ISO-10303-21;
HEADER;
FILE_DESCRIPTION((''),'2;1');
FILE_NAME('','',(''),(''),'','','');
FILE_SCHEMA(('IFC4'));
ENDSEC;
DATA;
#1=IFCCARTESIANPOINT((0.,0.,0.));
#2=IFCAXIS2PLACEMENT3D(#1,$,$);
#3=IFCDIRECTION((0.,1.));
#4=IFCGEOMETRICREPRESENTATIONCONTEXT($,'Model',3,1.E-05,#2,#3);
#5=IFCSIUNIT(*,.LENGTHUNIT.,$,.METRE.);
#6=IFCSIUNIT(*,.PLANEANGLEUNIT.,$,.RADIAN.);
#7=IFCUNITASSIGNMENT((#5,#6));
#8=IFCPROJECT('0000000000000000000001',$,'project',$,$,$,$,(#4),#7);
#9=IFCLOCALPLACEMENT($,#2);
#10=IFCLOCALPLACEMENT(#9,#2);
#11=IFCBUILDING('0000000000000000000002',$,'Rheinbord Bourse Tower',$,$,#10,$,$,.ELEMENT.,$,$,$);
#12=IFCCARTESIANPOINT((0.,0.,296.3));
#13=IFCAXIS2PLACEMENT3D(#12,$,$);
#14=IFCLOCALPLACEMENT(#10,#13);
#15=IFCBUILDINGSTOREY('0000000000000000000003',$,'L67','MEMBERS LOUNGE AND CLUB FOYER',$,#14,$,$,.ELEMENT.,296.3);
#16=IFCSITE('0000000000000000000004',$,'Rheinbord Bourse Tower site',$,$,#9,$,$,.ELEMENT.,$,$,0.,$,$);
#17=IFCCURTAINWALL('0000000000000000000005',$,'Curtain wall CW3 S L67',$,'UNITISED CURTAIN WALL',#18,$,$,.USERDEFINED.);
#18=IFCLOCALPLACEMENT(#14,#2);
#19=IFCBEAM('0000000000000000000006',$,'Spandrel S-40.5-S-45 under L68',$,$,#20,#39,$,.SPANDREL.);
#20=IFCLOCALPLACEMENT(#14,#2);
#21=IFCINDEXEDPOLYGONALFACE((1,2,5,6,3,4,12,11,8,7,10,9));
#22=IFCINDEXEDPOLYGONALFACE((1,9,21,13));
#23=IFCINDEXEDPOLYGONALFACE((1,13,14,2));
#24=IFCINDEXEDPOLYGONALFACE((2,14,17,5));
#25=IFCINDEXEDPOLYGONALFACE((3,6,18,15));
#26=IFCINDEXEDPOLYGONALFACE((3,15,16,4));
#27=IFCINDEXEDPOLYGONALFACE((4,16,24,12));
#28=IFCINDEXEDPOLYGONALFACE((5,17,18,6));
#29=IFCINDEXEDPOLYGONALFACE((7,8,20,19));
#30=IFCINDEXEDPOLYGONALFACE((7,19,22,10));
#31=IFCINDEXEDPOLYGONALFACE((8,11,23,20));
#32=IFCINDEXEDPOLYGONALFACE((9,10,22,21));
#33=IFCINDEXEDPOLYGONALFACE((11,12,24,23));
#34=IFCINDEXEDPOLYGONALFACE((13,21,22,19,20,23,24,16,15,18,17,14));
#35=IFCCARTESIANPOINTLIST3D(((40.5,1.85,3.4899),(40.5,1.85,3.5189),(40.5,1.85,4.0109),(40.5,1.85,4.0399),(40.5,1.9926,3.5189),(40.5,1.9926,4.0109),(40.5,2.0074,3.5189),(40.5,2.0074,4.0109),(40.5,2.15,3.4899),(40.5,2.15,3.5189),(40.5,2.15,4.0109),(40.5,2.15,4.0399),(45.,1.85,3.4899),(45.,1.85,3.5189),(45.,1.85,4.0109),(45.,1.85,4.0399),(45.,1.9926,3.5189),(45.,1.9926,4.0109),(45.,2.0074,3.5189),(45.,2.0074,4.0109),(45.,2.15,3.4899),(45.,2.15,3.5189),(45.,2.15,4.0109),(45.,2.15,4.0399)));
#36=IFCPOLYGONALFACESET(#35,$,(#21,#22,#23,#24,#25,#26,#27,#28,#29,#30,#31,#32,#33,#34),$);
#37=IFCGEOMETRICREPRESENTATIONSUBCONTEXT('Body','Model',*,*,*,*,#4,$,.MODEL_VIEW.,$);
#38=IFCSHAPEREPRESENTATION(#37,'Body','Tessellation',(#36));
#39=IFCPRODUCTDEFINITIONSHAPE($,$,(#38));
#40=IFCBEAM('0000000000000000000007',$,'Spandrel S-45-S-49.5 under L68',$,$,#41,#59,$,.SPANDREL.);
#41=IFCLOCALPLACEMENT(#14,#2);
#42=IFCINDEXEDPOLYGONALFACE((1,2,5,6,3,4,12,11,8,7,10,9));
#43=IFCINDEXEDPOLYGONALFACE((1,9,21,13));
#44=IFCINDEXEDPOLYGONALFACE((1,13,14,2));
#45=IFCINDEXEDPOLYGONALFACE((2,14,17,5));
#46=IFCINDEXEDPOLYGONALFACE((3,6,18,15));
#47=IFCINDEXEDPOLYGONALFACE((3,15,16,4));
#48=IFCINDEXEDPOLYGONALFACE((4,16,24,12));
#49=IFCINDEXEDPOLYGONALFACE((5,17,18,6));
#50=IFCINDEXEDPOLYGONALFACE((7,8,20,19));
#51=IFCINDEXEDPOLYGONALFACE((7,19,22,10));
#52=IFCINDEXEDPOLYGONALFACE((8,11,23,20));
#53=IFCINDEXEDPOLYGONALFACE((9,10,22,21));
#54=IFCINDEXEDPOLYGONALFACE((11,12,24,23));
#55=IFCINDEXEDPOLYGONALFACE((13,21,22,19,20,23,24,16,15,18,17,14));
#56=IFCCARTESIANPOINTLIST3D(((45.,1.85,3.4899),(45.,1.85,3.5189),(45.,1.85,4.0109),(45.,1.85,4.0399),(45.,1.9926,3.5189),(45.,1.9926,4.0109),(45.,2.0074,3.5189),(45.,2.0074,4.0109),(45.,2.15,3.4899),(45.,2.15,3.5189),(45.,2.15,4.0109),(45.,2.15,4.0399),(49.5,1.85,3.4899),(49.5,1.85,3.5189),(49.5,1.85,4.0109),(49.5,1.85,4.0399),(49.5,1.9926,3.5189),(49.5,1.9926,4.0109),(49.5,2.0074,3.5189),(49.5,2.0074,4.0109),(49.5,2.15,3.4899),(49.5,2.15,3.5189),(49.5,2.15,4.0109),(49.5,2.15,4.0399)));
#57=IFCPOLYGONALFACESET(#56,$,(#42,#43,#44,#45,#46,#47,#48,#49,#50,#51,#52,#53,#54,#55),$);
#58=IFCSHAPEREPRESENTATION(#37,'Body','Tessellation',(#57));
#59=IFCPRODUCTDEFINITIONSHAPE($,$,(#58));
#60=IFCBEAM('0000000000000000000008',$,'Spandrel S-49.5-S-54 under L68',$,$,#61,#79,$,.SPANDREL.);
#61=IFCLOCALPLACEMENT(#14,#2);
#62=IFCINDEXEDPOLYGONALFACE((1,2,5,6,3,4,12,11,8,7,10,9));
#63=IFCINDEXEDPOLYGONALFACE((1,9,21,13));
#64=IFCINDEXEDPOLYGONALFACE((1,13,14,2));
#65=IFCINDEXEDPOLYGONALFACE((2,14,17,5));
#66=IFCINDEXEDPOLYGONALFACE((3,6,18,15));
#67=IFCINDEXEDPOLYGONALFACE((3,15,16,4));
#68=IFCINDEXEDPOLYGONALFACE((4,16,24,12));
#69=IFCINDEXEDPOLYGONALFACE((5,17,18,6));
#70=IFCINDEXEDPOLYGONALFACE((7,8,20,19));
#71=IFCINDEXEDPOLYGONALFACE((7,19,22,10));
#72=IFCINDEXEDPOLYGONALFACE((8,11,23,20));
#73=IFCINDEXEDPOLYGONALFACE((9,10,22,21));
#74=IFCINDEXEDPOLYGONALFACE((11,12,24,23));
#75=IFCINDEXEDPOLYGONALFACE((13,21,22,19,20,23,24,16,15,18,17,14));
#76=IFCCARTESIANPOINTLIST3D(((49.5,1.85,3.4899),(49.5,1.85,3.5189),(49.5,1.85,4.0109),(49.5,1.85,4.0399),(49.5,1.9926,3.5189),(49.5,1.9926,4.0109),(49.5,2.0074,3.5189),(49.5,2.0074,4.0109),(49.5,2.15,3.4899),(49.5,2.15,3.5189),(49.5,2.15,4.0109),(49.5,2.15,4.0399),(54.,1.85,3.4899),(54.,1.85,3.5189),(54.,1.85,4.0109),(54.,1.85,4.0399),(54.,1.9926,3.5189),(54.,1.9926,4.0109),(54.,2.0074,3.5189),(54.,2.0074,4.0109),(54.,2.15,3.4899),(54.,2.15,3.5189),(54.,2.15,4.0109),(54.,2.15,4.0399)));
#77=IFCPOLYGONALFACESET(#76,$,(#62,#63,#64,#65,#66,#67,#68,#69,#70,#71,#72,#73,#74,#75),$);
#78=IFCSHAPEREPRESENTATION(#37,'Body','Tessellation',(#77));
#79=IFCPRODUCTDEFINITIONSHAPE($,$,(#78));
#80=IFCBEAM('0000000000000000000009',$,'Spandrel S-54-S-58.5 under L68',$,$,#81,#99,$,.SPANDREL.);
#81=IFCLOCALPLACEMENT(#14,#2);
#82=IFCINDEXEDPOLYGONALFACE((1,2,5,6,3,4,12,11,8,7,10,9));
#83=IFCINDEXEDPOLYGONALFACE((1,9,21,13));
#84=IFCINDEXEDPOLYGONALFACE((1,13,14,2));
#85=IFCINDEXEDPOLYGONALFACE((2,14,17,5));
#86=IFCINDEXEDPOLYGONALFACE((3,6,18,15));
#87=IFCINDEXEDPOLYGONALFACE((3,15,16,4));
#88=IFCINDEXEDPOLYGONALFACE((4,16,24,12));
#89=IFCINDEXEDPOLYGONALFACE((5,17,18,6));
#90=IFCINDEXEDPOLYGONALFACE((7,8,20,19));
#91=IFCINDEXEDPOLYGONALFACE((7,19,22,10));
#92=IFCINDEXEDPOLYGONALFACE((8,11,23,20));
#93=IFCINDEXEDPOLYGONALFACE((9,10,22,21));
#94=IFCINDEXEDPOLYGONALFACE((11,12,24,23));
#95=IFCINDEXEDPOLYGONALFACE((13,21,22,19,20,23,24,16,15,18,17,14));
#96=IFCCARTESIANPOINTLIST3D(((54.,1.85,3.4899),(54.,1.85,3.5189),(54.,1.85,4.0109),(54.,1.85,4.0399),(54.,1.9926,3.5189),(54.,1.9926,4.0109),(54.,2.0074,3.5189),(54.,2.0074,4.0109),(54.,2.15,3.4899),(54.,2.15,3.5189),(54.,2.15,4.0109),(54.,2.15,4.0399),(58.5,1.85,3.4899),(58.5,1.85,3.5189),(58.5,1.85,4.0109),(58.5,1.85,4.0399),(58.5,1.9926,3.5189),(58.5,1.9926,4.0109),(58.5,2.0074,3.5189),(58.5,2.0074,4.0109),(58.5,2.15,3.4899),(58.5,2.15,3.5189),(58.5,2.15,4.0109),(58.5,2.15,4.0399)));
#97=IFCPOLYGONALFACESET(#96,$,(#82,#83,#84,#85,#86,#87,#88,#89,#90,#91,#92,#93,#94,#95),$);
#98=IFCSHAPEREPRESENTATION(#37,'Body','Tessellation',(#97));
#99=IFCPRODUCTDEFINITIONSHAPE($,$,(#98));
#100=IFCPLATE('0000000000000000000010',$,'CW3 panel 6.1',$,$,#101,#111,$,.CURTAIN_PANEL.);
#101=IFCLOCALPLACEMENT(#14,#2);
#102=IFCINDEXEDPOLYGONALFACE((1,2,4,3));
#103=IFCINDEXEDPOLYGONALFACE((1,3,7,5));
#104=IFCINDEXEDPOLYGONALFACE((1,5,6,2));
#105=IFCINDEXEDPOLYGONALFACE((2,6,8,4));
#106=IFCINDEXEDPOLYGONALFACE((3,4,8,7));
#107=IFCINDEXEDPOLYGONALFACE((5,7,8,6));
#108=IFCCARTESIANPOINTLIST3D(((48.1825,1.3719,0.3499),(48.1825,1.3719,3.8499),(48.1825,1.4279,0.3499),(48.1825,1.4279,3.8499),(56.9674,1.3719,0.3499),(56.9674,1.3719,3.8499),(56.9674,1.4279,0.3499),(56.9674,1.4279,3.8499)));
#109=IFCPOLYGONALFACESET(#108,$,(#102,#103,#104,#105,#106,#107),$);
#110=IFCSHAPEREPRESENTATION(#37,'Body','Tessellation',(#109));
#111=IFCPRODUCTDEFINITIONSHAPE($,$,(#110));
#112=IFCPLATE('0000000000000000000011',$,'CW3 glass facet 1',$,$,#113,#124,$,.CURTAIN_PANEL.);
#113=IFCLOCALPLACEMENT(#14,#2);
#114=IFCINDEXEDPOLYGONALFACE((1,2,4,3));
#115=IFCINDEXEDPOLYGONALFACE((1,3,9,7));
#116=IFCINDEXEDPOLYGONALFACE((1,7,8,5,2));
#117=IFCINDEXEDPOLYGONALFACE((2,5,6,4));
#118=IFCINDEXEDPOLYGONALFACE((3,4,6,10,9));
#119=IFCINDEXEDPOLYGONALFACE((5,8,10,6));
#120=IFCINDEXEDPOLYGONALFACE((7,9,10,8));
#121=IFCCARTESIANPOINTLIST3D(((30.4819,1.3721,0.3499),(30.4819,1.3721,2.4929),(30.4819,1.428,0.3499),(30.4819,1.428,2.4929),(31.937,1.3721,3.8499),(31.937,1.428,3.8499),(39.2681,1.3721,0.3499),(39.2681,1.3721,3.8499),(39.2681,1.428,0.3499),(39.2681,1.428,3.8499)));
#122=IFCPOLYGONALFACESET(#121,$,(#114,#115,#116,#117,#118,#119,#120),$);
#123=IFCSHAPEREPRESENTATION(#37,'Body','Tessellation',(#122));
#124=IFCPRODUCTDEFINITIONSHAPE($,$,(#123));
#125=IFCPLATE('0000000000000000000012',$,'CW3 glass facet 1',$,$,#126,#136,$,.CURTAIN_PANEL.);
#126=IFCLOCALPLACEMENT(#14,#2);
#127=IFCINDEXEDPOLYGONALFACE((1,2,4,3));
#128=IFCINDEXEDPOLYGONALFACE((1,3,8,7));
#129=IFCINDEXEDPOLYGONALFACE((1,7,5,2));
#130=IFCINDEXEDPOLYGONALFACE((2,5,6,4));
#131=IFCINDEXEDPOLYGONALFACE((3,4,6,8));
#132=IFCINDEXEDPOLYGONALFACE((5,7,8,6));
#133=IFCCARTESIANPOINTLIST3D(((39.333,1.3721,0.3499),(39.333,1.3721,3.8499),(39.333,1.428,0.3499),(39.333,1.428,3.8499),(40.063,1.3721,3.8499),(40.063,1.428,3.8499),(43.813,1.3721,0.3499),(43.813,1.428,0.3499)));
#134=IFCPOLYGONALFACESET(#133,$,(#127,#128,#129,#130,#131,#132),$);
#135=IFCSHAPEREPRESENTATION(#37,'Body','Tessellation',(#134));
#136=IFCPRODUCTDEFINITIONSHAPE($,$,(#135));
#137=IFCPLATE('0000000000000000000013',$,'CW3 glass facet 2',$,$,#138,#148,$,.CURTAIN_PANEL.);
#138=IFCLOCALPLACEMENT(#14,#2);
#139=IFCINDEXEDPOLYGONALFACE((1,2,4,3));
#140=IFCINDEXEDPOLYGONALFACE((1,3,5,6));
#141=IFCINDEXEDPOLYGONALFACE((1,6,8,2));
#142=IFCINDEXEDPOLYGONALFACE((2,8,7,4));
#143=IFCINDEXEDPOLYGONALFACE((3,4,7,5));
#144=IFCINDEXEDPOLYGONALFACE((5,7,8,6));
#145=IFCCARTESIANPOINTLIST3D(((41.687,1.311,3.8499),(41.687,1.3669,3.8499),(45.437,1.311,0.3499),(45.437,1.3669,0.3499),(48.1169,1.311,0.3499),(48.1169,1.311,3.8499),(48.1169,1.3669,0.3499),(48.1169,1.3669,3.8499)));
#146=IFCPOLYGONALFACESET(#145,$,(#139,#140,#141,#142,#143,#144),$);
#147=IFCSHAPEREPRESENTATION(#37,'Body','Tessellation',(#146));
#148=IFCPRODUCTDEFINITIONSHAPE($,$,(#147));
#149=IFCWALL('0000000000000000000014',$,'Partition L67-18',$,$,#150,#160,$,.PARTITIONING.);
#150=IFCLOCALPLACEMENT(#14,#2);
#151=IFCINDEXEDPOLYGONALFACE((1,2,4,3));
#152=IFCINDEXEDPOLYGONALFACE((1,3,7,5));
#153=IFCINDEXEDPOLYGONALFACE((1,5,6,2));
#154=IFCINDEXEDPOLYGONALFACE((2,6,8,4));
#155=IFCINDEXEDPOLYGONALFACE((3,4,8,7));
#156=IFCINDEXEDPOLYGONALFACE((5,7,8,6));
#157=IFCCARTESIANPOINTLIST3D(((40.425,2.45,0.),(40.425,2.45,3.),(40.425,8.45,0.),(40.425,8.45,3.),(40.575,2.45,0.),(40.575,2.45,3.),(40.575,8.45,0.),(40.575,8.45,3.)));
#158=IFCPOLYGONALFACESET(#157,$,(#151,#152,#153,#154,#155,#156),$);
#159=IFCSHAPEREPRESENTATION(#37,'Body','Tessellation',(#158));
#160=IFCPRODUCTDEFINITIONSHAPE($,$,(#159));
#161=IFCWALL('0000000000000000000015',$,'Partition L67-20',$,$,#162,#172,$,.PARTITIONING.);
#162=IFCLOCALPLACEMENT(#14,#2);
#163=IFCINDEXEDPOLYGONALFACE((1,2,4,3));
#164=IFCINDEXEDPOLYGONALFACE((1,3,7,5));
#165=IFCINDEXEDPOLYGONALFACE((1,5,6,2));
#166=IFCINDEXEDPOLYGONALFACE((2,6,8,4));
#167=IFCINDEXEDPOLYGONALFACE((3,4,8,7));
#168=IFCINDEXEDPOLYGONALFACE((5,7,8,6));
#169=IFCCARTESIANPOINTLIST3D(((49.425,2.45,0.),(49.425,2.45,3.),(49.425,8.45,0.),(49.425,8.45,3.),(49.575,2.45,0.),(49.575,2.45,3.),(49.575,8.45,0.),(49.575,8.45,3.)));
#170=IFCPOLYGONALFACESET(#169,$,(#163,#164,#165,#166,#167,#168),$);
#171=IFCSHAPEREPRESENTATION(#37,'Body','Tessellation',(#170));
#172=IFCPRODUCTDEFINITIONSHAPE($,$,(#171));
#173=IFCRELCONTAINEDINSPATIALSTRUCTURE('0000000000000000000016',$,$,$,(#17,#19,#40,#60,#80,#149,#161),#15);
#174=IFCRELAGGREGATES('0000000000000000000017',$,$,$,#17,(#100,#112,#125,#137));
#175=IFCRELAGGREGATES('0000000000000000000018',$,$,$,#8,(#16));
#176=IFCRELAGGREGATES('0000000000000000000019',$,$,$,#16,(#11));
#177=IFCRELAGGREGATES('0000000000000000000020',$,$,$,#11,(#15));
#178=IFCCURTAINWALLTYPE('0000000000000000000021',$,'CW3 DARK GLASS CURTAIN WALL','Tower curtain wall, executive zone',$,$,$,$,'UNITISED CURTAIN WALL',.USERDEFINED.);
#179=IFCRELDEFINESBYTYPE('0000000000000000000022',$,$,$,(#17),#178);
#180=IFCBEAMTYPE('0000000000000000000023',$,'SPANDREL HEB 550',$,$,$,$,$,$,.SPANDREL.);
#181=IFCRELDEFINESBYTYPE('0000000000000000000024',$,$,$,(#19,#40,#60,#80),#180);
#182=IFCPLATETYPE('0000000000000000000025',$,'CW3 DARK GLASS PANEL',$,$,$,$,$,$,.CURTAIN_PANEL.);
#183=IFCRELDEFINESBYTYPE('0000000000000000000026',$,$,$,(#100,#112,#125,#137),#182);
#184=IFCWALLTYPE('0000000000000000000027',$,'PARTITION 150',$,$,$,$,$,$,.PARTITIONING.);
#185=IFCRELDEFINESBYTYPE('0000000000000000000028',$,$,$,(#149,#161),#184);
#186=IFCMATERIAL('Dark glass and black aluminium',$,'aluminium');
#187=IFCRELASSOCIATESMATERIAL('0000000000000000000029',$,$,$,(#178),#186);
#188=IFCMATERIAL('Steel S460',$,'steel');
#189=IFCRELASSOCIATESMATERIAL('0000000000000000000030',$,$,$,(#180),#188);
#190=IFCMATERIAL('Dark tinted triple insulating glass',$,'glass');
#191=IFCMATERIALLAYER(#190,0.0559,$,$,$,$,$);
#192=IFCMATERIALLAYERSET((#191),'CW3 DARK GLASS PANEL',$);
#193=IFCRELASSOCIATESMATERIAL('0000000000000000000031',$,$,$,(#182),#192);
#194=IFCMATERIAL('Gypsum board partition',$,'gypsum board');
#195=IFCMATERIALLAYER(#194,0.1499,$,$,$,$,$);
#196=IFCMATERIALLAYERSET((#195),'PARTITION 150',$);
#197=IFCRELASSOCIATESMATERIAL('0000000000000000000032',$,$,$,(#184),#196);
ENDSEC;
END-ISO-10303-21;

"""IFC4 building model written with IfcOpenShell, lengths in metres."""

from ifc_helpers import new_model, si_unit, direction, frame, frame_2d, origin, origin_2d, place, context, subcontext, project, spatial, polyline, rectangle, i_section, outline, extrude, material, layer, layer_set, material_profile, profile_set, type_object, element, aggregate, save


model = new_model("IFC4")

# Units and contexts
model_context = context("Model", 3, precision=1e-05, world=origin(), true_north=direction((0.0, 1.0)))
body_context = subcontext(model_context, "Body", "Model", "MODEL_VIEW")
ifc_project = project(units=[si_unit("LENGTHUNIT", "METRE"), si_unit("PLANEANGLEUNIT", "RADIAN")], contexts=[model_context])

# Site, building, storey
site_placement = place(None, origin())
site = spatial("IfcSite", under=ifc_project, at=site_placement, Name="Rheinbord Bourse Tower site", CompositionType="ELEMENT", RefElevation=0.0)
building_placement = place(site_placement, origin())
building = spatial("IfcBuilding", under=site, at=building_placement, Name="Rheinbord Bourse Tower", CompositionType="ELEMENT")
storey_placement = place(building_placement, frame((0.0, 0.0, 296.3)))
storey = spatial("IfcBuildingStorey", under=building, at=storey_placement, Name="L67", Description="MEMBERS LOUNGE AND CLUB FOYER", CompositionType="ELEMENT", Elevation=296.3)

# Curtain wall
ifc_material_1 = material(Name="Dark glass and black aluminium", Category="aluminium")
curtain_wall_type = type_object("IfcCurtainWallType", Name="CW3 DARK GLASS CURTAIN WALL", Description="Tower curtain wall, executive zone", ElementType="UNITISED CURTAIN WALL", PredefinedType="USERDEFINED", material=ifc_material_1)
curtain_wall_placement = place(storey_placement, origin())
curtain_wall = element("IfcCurtainWall", 1, at=curtain_wall_placement, inside=storey, type_object=curtain_wall_type, Name="Curtain wall CW3 S L67", ObjectType="UNITISED CURTAIN WALL", PredefinedType="USERDEFINED")

# Beams
ifc_material_2 = material(Name="Steel S460", Category="steel")
ifc_material_profile_1 = material_profile(ifc_material_2, i_section(OverallWidth=0.3, OverallDepth=0.55, WebThickness=0.0149, FlangeThickness=0.0291, at=origin_2d()), Name="HEB 550")
ifc_profile_set_1 = profile_set([ifc_material_profile_1], Name="Steel S460")
beam_type_1 = type_object("IfcBeamType", Name="SPANDREL HEB 550", PredefinedType="SPANDREL", material=ifc_profile_set_1)
for number, where, z_axis, x_axis, name in (
    (2, (40.5, 2.0, 3.7649), (1.0, 0.0, 0.0), (0.0, 1.0, 0.0), "Spandrel S-40.5-S-45 under L68"),
    (3, (45.0, 2.0, 3.7649), (1.0, 0.0, 0.0), (0.0, 1.0, 0.0), "Spandrel S-45-S-49.5 under L68"),
    (4, (49.5, 2.0, 3.7649), (1.0, 0.0, 0.0), (0.0, 1.0, 0.0), "Spandrel S-49.5-S-54 under L68"),
    (5, (54.0, 2.0, 3.7649), (1.0, 0.0, 0.0), (0.0, 1.0, 0.0), "Spandrel S-54-S-58.5 under L68"),
):
    element("IfcBeam", number, at=place(storey_placement, frame(where, z_axis=z_axis, x_axis=x_axis)), inside=storey, type_object=beam_type_1, Name=name, PredefinedType="SPANDREL", context=body_context, shape_type="SweptSolid", body=[
        extrude(i_section(OverallWidth=0.3, OverallDepth=0.55, WebThickness=0.0149, FlangeThickness=0.0291, at=origin_2d()), origin(), (0.0, 0.0, 1.0), 4.5),
    ])

# Plates
ifc_material_3 = material(Name="Dark tinted triple insulating glass", Category="glass")
ifc_layer_1 = layer(ifc_material_3, 0.0559)
ifc_layer_set_1 = layer_set([ifc_layer_1], Name="CW3 DARK GLASS PANEL")
plate_type = type_object("IfcPlateType", Name="CW3 DARK GLASS PANEL", PredefinedType="CURTAIN_PANEL", material=ifc_layer_set_1)
plate_1_placement = place(storey_placement, frame((52.575, 1.3999, 0.3499), z_axis=(0.0, 0.0, 1.0), x_axis=(1.0, 0.0, 0.0)))
plate_1 = element("IfcPlate", 6, at=plate_1_placement, type_object=plate_type, Name="CW3 panel 6.1", PredefinedType="CURTAIN_PANEL", context=body_context, shape_type="SweptSolid", body=[
    extrude(rectangle(XDim=8.7849, YDim=0.0559, at=origin_2d()), origin(), (0.0, 0.0, 1.0), 3.5),
])
plate_2_placement = place(storey_placement, frame((39.2681, 1.3721, 3.8499), z_axis=(0.0, 1.0, 0.0), x_axis=(0.0, 0.0, -1.0)))
plate_2 = element("IfcPlate", 7, at=plate_2_placement, type_object=plate_type, Name="CW3 glass facet 1", PredefinedType="CURTAIN_PANEL", context=body_context, shape_type="SweptSolid", body=[
    extrude(outline(polyline([(0.0, 0.0), (3.5, 0.0), (3.5, 8.7861), (1.3569, 8.7861), (0.0, 7.3311), (0.0, 0.0)])), origin(), (0.0, 0.0, 1.0), 0.0559),
])
plate_3_placement = place(storey_placement, frame((39.333, 1.3721, 0.3499), z_axis=(0.0, 1.0, 0.0), x_axis=(0.0, 0.0, 1.0)))
plate_3 = element("IfcPlate", 8, at=plate_3_placement, type_object=plate_type, Name="CW3 glass facet 1", PredefinedType="CURTAIN_PANEL", context=body_context, shape_type="SweptSolid", body=[
    extrude(outline(polyline([(0.0, 0.0), (3.5, 0.0), (3.5, 0.73), (0.0, 4.48), (0.0, 0.0)])), origin(), (0.0, 0.0, 1.0), 0.0559),
])
plate_4_placement = place(storey_placement, frame((48.1169, 1.311, 3.8499), z_axis=(0.0, 1.0, 0.0), x_axis=(0.0, 0.0, -1.0)))
plate_4 = element("IfcPlate", 9, at=plate_4_placement, type_object=plate_type, Name="CW3 glass facet 2", PredefinedType="CURTAIN_PANEL", context=body_context, shape_type="SweptSolid", body=[
    extrude(outline(polyline([(0.0, 0.0), (3.5, 0.0), (3.5, 2.6799), (0.0, 6.4299), (0.0, 0.0)])), origin(), (0.0, 0.0, 1.0), 0.0559),
])
aggregate(curtain_wall, [plate_1, plate_2, plate_3, plate_4])

# Walls
ifc_material_4 = material(Name="Gypsum board partition", Category="gypsum board")
ifc_layer_2 = layer(ifc_material_4, 0.1499)
ifc_layer_set_2 = layer_set([ifc_layer_2], Name="PARTITION 150")
wall_type = type_object("IfcWallType", Name="PARTITION 150", PredefinedType="PARTITIONING", material=ifc_layer_set_2)
for number, where, z_axis, x_axis, name in (
    (10, (40.5, 2.45, 0.0), (0.0, 0.0, 1.0), (0.0, 1.0, 0.0), "Partition L67-18"),
    (11, (49.5, 2.45, 0.0), (0.0, 0.0, 1.0), (0.0, 1.0, 0.0), "Partition L67-20"),
):
    element("IfcWall", number, at=place(storey_placement, frame(where, z_axis=z_axis, x_axis=x_axis)), inside=storey, type_object=wall_type, Name=name, PredefinedType="PARTITIONING", context=body_context, shape_type="SweptSolid", body=[
        extrude(rectangle(XDim=6.0, YDim=0.1499, at=frame_2d((3.0, 0.0))), origin(), (0.0, 0.0, 1.0), 3.0),
    ])

save(model, "model.ifc")
